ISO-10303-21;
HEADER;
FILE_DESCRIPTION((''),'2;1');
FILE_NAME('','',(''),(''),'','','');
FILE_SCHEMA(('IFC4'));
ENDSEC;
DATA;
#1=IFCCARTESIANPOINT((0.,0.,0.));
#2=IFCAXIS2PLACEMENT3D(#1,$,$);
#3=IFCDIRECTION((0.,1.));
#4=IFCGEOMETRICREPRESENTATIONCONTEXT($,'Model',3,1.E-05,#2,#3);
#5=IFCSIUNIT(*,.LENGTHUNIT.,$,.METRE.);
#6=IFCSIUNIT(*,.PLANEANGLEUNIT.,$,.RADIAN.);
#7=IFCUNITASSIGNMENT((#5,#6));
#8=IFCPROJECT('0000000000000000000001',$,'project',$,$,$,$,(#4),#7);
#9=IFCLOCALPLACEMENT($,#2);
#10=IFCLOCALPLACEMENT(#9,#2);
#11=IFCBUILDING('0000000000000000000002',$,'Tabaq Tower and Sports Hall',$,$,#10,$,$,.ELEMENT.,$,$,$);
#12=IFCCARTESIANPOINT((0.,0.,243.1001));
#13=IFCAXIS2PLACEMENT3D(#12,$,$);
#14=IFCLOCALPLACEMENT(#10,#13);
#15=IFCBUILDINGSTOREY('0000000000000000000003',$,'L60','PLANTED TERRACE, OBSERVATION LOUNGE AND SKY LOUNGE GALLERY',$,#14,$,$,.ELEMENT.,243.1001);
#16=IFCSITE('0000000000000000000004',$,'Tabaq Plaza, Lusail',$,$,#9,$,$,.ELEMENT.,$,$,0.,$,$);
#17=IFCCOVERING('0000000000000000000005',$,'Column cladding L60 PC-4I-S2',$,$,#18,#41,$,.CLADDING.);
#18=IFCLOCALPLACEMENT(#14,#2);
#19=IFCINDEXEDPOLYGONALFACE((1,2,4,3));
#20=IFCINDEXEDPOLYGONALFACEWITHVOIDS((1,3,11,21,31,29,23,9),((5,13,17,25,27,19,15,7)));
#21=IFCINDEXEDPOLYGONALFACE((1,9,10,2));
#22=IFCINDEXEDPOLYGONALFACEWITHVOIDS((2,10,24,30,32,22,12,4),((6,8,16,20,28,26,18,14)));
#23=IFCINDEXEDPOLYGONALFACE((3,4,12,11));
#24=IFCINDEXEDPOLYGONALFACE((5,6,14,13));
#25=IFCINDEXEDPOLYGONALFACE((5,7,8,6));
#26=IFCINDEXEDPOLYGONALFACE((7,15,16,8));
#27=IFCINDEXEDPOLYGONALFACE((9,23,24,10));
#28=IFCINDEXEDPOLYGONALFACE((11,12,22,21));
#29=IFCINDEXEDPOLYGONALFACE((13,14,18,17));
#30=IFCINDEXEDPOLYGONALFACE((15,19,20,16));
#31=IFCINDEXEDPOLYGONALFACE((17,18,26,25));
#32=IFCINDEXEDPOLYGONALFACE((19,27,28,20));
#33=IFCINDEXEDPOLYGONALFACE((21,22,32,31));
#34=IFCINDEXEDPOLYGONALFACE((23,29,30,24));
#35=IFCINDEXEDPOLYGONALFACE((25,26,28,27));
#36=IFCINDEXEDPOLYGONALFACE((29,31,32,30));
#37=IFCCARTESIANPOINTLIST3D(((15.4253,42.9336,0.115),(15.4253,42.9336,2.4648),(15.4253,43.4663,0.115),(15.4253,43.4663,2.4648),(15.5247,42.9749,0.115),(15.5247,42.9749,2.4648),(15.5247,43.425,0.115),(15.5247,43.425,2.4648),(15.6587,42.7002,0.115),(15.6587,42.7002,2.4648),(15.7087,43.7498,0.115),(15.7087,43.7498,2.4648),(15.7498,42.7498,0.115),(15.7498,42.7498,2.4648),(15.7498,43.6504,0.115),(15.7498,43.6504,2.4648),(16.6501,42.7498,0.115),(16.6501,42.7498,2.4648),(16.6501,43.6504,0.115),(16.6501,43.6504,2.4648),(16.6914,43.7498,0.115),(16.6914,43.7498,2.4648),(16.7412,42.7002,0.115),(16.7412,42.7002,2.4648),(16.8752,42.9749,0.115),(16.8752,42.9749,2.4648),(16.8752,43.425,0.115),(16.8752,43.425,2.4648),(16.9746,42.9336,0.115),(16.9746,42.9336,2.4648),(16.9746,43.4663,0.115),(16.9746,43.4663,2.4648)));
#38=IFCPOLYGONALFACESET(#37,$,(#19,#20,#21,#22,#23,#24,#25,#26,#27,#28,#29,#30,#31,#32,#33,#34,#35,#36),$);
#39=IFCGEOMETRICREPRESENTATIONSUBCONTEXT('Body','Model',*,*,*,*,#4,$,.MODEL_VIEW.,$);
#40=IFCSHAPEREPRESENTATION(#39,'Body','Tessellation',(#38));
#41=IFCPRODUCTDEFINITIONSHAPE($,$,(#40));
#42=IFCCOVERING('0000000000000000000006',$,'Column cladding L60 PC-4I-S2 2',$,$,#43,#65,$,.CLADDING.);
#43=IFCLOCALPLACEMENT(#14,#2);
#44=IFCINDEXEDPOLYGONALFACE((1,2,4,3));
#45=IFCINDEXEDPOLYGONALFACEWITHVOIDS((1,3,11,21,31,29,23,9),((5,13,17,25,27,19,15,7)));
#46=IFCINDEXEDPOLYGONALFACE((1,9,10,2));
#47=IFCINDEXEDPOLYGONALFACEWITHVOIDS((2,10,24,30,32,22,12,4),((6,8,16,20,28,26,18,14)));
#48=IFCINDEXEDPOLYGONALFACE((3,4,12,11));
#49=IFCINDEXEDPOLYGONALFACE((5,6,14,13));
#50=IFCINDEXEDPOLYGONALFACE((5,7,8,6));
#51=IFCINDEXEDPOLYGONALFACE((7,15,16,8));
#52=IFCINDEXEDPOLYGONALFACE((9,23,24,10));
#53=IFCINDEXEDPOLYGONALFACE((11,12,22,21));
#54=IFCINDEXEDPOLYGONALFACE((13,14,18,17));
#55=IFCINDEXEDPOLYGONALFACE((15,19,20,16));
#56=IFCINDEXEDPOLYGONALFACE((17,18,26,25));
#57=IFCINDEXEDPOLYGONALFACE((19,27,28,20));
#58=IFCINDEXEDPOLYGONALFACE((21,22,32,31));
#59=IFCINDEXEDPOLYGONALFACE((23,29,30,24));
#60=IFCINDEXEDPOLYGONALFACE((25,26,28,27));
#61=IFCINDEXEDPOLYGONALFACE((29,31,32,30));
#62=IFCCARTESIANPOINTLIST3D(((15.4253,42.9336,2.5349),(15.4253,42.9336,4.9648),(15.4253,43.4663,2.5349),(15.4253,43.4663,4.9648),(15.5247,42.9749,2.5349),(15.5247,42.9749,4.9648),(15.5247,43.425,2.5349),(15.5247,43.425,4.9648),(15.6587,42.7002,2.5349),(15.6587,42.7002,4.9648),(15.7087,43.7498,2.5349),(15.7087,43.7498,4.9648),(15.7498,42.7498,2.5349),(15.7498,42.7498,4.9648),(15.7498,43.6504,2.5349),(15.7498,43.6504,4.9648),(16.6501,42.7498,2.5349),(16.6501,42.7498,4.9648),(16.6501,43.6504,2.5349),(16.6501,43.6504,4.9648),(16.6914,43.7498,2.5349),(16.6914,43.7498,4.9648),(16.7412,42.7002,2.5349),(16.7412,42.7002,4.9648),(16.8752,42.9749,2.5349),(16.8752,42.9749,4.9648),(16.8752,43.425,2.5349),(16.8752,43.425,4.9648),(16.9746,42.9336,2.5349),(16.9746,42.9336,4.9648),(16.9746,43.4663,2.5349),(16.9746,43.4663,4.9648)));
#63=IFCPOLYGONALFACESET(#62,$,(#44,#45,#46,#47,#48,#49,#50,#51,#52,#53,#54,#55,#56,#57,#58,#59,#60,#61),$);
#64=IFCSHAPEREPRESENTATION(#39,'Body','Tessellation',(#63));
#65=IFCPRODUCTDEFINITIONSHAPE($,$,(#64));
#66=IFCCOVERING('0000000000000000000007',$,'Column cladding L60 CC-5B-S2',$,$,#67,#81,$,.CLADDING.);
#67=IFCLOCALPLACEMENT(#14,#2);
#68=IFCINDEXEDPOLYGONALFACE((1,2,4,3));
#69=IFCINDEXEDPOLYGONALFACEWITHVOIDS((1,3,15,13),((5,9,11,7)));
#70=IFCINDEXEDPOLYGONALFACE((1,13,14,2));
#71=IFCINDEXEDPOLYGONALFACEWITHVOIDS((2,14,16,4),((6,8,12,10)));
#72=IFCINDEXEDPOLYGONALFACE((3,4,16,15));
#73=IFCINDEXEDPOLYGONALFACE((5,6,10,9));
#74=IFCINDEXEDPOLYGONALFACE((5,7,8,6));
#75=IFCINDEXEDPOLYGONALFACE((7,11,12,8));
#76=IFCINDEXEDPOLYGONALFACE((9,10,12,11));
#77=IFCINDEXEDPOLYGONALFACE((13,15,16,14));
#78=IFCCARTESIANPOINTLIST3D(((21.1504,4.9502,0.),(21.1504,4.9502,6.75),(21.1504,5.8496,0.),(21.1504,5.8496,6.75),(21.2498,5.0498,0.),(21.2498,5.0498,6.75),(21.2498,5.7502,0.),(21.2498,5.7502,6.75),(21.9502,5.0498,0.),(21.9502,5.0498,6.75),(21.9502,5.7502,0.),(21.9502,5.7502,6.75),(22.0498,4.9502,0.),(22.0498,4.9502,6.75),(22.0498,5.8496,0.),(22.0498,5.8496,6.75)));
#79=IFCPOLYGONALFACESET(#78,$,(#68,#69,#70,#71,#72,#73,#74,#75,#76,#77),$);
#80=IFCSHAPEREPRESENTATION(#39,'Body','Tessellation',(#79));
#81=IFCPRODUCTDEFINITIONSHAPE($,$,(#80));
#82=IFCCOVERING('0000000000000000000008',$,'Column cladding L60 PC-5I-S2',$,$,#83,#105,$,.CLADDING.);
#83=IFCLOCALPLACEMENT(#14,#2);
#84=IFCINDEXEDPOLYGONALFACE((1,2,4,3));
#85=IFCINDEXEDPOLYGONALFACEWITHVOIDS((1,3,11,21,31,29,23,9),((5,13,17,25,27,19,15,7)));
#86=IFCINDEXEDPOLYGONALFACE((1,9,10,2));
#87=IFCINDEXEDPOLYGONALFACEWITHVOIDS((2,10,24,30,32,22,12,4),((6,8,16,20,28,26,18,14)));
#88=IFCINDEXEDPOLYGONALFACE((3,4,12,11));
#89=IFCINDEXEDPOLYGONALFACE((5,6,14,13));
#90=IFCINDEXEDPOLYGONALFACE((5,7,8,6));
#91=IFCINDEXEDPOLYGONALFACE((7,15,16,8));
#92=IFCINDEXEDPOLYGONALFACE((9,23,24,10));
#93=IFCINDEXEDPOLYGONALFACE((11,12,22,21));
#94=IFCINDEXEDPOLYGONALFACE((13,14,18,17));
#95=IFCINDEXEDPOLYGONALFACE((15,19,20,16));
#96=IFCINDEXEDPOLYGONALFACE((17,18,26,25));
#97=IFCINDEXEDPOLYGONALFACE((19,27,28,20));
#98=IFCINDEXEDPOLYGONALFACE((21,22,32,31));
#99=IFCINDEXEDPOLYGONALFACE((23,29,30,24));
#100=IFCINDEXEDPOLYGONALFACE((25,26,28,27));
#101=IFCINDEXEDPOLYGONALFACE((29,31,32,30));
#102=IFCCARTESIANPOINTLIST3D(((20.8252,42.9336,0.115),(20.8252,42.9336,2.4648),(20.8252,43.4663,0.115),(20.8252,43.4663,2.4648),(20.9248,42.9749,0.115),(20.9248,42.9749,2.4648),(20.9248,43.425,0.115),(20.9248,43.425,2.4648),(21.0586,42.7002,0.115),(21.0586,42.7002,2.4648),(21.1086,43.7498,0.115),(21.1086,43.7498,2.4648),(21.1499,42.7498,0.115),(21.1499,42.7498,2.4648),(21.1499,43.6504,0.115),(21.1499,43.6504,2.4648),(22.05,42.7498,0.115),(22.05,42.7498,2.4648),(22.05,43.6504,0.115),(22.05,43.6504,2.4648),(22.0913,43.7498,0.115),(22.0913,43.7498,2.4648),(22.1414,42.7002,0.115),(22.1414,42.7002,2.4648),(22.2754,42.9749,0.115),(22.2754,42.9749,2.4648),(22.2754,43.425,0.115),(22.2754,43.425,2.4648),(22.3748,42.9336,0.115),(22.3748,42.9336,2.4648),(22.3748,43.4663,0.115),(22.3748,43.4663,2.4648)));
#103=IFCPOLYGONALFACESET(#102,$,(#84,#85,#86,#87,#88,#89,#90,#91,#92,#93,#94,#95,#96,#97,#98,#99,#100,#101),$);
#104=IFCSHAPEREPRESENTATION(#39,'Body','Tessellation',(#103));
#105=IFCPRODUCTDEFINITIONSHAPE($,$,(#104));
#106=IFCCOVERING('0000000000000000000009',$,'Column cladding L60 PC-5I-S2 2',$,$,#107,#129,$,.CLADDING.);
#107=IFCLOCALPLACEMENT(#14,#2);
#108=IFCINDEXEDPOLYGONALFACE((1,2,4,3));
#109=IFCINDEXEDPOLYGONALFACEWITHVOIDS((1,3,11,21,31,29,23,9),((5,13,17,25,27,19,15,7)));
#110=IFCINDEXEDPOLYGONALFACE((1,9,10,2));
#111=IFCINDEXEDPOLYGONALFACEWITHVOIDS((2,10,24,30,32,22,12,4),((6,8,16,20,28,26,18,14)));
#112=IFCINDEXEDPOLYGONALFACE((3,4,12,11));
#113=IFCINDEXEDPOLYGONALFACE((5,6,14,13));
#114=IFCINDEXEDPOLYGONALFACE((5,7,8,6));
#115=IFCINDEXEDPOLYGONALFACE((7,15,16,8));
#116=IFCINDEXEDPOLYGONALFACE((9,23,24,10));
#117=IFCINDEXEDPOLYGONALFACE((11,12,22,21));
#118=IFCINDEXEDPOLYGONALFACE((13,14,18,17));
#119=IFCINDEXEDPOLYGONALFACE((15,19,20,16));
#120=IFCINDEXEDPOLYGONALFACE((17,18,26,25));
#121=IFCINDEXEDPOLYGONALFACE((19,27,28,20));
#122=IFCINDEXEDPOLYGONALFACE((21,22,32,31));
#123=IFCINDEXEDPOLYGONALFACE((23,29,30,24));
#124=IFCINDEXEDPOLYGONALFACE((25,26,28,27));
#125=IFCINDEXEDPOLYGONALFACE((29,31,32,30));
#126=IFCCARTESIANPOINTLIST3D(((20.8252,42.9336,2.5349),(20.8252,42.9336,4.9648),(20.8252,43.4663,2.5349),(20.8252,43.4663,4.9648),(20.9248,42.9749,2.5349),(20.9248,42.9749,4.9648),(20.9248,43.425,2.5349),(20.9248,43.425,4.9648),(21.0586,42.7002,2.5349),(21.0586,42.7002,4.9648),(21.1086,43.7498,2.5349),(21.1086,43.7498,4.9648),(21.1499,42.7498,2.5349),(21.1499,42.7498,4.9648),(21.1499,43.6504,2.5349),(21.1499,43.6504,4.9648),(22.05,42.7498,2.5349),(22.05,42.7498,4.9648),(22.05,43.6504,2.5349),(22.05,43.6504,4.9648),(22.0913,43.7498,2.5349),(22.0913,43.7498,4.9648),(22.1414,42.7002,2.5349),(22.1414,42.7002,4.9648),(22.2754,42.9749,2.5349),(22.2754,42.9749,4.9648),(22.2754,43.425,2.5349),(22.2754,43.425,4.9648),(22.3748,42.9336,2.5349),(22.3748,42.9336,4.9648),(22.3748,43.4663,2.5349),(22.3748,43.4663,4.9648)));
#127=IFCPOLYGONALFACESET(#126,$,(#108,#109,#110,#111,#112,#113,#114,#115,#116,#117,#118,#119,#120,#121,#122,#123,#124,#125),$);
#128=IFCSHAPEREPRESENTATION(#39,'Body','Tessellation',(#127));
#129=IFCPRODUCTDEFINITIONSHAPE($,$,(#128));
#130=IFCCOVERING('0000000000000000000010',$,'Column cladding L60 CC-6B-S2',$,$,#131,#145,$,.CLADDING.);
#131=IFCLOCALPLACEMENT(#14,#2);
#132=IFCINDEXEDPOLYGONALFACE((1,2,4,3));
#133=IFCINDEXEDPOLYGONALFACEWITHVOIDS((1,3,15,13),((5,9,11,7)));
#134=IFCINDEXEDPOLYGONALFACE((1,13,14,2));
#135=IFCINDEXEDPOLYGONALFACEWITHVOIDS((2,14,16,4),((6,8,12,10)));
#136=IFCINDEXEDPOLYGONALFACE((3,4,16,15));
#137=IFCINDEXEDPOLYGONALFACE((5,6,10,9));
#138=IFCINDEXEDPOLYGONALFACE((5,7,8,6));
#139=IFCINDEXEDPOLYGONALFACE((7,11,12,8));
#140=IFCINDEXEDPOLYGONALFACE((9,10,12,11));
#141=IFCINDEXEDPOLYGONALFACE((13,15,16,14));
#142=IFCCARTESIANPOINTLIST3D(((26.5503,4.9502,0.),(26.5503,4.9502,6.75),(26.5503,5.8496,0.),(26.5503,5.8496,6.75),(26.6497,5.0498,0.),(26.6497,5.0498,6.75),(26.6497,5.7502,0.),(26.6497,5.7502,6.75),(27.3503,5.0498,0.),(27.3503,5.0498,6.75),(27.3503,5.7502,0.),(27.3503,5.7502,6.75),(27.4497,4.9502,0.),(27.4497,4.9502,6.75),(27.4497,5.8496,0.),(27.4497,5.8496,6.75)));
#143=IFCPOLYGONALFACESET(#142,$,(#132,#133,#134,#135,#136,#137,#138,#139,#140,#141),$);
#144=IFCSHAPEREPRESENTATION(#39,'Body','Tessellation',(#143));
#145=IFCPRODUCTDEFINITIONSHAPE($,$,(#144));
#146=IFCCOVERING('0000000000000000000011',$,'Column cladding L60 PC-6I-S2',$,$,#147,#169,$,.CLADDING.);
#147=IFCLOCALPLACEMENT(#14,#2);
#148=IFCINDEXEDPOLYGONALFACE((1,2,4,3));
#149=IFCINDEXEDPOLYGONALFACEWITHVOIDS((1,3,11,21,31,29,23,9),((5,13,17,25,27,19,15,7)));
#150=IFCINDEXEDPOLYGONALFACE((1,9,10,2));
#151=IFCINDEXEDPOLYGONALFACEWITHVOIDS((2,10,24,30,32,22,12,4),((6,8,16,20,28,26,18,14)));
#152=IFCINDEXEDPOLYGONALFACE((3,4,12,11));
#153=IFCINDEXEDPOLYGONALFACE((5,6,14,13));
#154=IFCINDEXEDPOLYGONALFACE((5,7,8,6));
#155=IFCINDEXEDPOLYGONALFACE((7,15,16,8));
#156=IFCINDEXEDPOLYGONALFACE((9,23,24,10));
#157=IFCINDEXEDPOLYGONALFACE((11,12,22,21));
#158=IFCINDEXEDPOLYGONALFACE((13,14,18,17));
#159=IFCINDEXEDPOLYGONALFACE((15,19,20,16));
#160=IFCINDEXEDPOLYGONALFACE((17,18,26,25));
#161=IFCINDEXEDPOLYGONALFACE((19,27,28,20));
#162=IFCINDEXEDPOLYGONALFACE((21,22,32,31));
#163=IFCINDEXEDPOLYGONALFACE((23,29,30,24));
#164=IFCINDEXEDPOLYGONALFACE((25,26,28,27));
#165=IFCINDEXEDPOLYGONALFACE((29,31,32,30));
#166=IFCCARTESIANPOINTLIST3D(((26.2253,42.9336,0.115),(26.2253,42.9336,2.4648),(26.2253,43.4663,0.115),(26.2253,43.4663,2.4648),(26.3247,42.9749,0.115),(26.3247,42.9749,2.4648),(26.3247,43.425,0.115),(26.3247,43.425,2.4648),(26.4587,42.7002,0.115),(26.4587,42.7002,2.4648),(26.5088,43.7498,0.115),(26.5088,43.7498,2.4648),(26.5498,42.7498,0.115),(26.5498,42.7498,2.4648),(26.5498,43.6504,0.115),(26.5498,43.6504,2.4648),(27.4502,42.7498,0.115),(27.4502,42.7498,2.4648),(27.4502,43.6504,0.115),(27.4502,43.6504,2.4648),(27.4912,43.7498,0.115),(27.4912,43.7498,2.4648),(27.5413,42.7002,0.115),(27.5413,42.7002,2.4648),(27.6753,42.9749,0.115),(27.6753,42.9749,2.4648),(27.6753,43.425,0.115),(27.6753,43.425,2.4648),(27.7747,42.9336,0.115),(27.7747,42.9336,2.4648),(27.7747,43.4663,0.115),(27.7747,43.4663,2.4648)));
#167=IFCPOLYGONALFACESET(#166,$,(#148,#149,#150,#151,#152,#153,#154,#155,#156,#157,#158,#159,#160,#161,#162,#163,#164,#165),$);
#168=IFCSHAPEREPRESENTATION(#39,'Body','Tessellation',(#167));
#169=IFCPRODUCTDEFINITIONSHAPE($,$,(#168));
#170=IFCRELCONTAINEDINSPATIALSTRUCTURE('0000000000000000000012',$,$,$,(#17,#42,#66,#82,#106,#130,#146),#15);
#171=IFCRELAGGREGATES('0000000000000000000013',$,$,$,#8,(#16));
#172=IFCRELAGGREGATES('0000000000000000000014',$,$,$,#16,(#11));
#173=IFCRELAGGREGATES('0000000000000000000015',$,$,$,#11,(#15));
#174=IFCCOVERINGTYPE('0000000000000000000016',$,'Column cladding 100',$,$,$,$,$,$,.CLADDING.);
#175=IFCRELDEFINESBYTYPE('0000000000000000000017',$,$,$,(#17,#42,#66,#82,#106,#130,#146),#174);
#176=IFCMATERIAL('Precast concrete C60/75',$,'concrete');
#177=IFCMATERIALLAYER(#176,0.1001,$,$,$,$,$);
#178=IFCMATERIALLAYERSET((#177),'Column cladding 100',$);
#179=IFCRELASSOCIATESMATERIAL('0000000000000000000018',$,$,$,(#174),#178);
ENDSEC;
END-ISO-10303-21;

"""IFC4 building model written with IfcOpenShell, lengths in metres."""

from ifc_helpers import new_model, si_unit, direction, frame, origin, place, context, subcontext, project, spatial, polyline, outline, extrude, material, layer, layer_set, type_object, element, save


model = new_model("IFC4")

# Units and contexts
model_context = context("Model", 3, precision=1e-05, world=origin(), true_north=direction((0.0, 1.0)))
body_context = subcontext(model_context, "Body", "Model", "MODEL_VIEW")
ifc_project = project(units=[si_unit("LENGTHUNIT", "METRE"), si_unit("PLANEANGLEUNIT", "RADIAN")], contexts=[model_context])

# Site, building, storey
site_placement = place(None, origin())
site = spatial("IfcSite", under=ifc_project, at=site_placement, Name="Tabaq Plaza, Lusail", CompositionType="ELEMENT", RefElevation=0.0)
building_placement = place(site_placement, origin())
building = spatial("IfcBuilding", under=site, at=building_placement, Name="Tabaq Tower and Sports Hall", CompositionType="ELEMENT")
storey_placement = place(building_placement, frame((0.0, 0.0, 243.1001)))
storey = spatial("IfcBuildingStorey", under=building, at=storey_placement, Name="L60", Description="PLANTED TERRACE, OBSERVATION LOUNGE AND SKY LOUNGE GALLERY", CompositionType="ELEMENT", Elevation=243.1001)

# Coverings
ifc_material_1 = material(Name="Precast concrete C60/75", Category="concrete")
ifc_layer_1 = layer(ifc_material_1, 0.1001)
ifc_layer_set_1 = layer_set([ifc_layer_1], Name="Column cladding 100")
covering_type = type_object("IfcCoveringType", Name="Column cladding 100", PredefinedType="CLADDING", material=ifc_layer_set_1)
covering_1_placement = place(storey_placement, frame((0.0, 0.0, 0.115)))
element("IfcCovering", 1, at=covering_1_placement, inside=storey, type_object=covering_type, Name="Column cladding L60 PC-4I-S2", PredefinedType="CLADDING", context=body_context, shape_type="SweptSolid", body=[
    extrude(outline(polyline([(15.4253, 43.4663), (15.7087, 43.7498), (16.6914, 43.7498), (16.9746, 43.4663), (16.9746, 42.9336), (16.7412, 42.7002), (15.6587, 42.7002), (15.4253, 42.9336), (15.4253, 43.4663)]), holes=[polyline([(16.8752, 42.9749), (16.8752, 43.425), (16.6501, 43.6504), (15.7498, 43.6504), (15.5247, 43.425), (15.5247, 42.9749), (15.7498, 42.7498), (16.6501, 42.7498), (16.8752, 42.9749)])]), origin(), (0.0, 0.0, 1.0), 2.3499),
])
covering_2_placement = place(storey_placement, frame((0.0, 0.0, 2.5349)))
element("IfcCovering", 2, at=covering_2_placement, inside=storey, type_object=covering_type, Name="Column cladding L60 PC-4I-S2 2", PredefinedType="CLADDING", context=body_context, shape_type="SweptSolid", body=[
    extrude(outline(polyline([(15.4253, 43.4663), (15.7087, 43.7498), (16.6914, 43.7498), (16.9746, 43.4663), (16.9746, 42.9336), (16.7412, 42.7002), (15.6587, 42.7002), (15.4253, 42.9336), (15.4253, 43.4663)]), holes=[polyline([(16.8752, 42.9749), (16.8752, 43.425), (16.6501, 43.6504), (15.7498, 43.6504), (15.5247, 43.425), (15.5247, 42.9749), (15.7498, 42.7498), (16.6501, 42.7498), (16.8752, 42.9749)])]), origin(), (0.0, 0.0, 1.0), 2.4299),
])
covering_3_placement = place(storey_placement, origin())
element("IfcCovering", 3, at=covering_3_placement, inside=storey, type_object=covering_type, Name="Column cladding L60 CC-5B-S2", PredefinedType="CLADDING", context=body_context, shape_type="SweptSolid", body=[
    extrude(outline(polyline([(21.1504, 5.8496), (22.0498, 5.8496), (22.0498, 4.9502), (21.1504, 4.9502), (21.1504, 5.8496)]), holes=[polyline([(21.9502, 5.0498), (21.9502, 5.7502), (21.2498, 5.7502), (21.2498, 5.0498), (21.9502, 5.0498)])]), origin(), (0.0, 0.0, 1.0), 6.75),
])
covering_4_placement = place(storey_placement, frame((0.0, 0.0, 0.115)))
element("IfcCovering", 4, at=covering_4_placement, inside=storey, type_object=covering_type, Name="Column cladding L60 PC-5I-S2", PredefinedType="CLADDING", context=body_context, shape_type="SweptSolid", body=[
    extrude(outline(polyline([(20.8252, 43.4663), (21.1086, 43.7498), (22.0913, 43.7498), (22.3748, 43.4663), (22.3748, 42.9336), (22.1414, 42.7002), (21.0586, 42.7002), (20.8252, 42.9336), (20.8252, 43.4663)]), holes=[polyline([(22.2754, 42.9749), (22.2754, 43.425), (22.05, 43.6504), (21.1499, 43.6504), (20.9248, 43.425), (20.9248, 42.9749), (21.1499, 42.7498), (22.05, 42.7498), (22.2754, 42.9749)])]), origin(), (0.0, 0.0, 1.0), 2.3499),
])
covering_5_placement = place(storey_placement, frame((0.0, 0.0, 2.5349)))
element("IfcCovering", 5, at=covering_5_placement, inside=storey, type_object=covering_type, Name="Column cladding L60 PC-5I-S2 2", PredefinedType="CLADDING", context=body_context, shape_type="SweptSolid", body=[
    extrude(outline(polyline([(20.8252, 43.4663), (21.1086, 43.7498), (22.0913, 43.7498), (22.3748, 43.4663), (22.3748, 42.9336), (22.1414, 42.7002), (21.0586, 42.7002), (20.8252, 42.9336), (20.8252, 43.4663)]), holes=[polyline([(22.2754, 42.9749), (22.2754, 43.425), (22.05, 43.6504), (21.1499, 43.6504), (20.9248, 43.425), (20.9248, 42.9749), (21.1499, 42.7498), (22.05, 42.7498), (22.2754, 42.9749)])]), origin(), (0.0, 0.0, 1.0), 2.4299),
])
covering_6_placement = place(storey_placement, origin())
element("IfcCovering", 6, at=covering_6_placement, inside=storey, type_object=covering_type, Name="Column cladding L60 CC-6B-S2", PredefinedType="CLADDING", context=body_context, shape_type="SweptSolid", body=[
    extrude(outline(polyline([(26.5503, 5.8496), (27.4497, 5.8496), (27.4497, 4.9502), (26.5503, 4.9502), (26.5503, 5.8496)]), holes=[polyline([(27.3503, 5.0498), (27.3503, 5.7502), (26.6497, 5.7502), (26.6497, 5.0498), (27.3503, 5.0498)])]), origin(), (0.0, 0.0, 1.0), 6.75),
])
covering_7_placement = place(storey_placement, frame((0.0, 0.0, 0.115)))
element("IfcCovering", 7, at=covering_7_placement, inside=storey, type_object=covering_type, Name="Column cladding L60 PC-6I-S2", PredefinedType="CLADDING", context=body_context, shape_type="SweptSolid", body=[
    extrude(outline(polyline([(26.2253, 43.4663), (26.5088, 43.7498), (27.4912, 43.7498), (27.7747, 43.4663), (27.7747, 42.9336), (27.5413, 42.7002), (26.4587, 42.7002), (26.2253, 42.9336), (26.2253, 43.4663)]), holes=[polyline([(27.6753, 42.9749), (27.6753, 43.425), (27.4502, 43.6504), (26.5498, 43.6504), (26.3247, 43.425), (26.3247, 42.9749), (26.5498, 42.7498), (27.4502, 42.7498), (27.6753, 42.9749)])]), origin(), (0.0, 0.0, 1.0), 2.3499),
])

save(model, "model.ifc")
